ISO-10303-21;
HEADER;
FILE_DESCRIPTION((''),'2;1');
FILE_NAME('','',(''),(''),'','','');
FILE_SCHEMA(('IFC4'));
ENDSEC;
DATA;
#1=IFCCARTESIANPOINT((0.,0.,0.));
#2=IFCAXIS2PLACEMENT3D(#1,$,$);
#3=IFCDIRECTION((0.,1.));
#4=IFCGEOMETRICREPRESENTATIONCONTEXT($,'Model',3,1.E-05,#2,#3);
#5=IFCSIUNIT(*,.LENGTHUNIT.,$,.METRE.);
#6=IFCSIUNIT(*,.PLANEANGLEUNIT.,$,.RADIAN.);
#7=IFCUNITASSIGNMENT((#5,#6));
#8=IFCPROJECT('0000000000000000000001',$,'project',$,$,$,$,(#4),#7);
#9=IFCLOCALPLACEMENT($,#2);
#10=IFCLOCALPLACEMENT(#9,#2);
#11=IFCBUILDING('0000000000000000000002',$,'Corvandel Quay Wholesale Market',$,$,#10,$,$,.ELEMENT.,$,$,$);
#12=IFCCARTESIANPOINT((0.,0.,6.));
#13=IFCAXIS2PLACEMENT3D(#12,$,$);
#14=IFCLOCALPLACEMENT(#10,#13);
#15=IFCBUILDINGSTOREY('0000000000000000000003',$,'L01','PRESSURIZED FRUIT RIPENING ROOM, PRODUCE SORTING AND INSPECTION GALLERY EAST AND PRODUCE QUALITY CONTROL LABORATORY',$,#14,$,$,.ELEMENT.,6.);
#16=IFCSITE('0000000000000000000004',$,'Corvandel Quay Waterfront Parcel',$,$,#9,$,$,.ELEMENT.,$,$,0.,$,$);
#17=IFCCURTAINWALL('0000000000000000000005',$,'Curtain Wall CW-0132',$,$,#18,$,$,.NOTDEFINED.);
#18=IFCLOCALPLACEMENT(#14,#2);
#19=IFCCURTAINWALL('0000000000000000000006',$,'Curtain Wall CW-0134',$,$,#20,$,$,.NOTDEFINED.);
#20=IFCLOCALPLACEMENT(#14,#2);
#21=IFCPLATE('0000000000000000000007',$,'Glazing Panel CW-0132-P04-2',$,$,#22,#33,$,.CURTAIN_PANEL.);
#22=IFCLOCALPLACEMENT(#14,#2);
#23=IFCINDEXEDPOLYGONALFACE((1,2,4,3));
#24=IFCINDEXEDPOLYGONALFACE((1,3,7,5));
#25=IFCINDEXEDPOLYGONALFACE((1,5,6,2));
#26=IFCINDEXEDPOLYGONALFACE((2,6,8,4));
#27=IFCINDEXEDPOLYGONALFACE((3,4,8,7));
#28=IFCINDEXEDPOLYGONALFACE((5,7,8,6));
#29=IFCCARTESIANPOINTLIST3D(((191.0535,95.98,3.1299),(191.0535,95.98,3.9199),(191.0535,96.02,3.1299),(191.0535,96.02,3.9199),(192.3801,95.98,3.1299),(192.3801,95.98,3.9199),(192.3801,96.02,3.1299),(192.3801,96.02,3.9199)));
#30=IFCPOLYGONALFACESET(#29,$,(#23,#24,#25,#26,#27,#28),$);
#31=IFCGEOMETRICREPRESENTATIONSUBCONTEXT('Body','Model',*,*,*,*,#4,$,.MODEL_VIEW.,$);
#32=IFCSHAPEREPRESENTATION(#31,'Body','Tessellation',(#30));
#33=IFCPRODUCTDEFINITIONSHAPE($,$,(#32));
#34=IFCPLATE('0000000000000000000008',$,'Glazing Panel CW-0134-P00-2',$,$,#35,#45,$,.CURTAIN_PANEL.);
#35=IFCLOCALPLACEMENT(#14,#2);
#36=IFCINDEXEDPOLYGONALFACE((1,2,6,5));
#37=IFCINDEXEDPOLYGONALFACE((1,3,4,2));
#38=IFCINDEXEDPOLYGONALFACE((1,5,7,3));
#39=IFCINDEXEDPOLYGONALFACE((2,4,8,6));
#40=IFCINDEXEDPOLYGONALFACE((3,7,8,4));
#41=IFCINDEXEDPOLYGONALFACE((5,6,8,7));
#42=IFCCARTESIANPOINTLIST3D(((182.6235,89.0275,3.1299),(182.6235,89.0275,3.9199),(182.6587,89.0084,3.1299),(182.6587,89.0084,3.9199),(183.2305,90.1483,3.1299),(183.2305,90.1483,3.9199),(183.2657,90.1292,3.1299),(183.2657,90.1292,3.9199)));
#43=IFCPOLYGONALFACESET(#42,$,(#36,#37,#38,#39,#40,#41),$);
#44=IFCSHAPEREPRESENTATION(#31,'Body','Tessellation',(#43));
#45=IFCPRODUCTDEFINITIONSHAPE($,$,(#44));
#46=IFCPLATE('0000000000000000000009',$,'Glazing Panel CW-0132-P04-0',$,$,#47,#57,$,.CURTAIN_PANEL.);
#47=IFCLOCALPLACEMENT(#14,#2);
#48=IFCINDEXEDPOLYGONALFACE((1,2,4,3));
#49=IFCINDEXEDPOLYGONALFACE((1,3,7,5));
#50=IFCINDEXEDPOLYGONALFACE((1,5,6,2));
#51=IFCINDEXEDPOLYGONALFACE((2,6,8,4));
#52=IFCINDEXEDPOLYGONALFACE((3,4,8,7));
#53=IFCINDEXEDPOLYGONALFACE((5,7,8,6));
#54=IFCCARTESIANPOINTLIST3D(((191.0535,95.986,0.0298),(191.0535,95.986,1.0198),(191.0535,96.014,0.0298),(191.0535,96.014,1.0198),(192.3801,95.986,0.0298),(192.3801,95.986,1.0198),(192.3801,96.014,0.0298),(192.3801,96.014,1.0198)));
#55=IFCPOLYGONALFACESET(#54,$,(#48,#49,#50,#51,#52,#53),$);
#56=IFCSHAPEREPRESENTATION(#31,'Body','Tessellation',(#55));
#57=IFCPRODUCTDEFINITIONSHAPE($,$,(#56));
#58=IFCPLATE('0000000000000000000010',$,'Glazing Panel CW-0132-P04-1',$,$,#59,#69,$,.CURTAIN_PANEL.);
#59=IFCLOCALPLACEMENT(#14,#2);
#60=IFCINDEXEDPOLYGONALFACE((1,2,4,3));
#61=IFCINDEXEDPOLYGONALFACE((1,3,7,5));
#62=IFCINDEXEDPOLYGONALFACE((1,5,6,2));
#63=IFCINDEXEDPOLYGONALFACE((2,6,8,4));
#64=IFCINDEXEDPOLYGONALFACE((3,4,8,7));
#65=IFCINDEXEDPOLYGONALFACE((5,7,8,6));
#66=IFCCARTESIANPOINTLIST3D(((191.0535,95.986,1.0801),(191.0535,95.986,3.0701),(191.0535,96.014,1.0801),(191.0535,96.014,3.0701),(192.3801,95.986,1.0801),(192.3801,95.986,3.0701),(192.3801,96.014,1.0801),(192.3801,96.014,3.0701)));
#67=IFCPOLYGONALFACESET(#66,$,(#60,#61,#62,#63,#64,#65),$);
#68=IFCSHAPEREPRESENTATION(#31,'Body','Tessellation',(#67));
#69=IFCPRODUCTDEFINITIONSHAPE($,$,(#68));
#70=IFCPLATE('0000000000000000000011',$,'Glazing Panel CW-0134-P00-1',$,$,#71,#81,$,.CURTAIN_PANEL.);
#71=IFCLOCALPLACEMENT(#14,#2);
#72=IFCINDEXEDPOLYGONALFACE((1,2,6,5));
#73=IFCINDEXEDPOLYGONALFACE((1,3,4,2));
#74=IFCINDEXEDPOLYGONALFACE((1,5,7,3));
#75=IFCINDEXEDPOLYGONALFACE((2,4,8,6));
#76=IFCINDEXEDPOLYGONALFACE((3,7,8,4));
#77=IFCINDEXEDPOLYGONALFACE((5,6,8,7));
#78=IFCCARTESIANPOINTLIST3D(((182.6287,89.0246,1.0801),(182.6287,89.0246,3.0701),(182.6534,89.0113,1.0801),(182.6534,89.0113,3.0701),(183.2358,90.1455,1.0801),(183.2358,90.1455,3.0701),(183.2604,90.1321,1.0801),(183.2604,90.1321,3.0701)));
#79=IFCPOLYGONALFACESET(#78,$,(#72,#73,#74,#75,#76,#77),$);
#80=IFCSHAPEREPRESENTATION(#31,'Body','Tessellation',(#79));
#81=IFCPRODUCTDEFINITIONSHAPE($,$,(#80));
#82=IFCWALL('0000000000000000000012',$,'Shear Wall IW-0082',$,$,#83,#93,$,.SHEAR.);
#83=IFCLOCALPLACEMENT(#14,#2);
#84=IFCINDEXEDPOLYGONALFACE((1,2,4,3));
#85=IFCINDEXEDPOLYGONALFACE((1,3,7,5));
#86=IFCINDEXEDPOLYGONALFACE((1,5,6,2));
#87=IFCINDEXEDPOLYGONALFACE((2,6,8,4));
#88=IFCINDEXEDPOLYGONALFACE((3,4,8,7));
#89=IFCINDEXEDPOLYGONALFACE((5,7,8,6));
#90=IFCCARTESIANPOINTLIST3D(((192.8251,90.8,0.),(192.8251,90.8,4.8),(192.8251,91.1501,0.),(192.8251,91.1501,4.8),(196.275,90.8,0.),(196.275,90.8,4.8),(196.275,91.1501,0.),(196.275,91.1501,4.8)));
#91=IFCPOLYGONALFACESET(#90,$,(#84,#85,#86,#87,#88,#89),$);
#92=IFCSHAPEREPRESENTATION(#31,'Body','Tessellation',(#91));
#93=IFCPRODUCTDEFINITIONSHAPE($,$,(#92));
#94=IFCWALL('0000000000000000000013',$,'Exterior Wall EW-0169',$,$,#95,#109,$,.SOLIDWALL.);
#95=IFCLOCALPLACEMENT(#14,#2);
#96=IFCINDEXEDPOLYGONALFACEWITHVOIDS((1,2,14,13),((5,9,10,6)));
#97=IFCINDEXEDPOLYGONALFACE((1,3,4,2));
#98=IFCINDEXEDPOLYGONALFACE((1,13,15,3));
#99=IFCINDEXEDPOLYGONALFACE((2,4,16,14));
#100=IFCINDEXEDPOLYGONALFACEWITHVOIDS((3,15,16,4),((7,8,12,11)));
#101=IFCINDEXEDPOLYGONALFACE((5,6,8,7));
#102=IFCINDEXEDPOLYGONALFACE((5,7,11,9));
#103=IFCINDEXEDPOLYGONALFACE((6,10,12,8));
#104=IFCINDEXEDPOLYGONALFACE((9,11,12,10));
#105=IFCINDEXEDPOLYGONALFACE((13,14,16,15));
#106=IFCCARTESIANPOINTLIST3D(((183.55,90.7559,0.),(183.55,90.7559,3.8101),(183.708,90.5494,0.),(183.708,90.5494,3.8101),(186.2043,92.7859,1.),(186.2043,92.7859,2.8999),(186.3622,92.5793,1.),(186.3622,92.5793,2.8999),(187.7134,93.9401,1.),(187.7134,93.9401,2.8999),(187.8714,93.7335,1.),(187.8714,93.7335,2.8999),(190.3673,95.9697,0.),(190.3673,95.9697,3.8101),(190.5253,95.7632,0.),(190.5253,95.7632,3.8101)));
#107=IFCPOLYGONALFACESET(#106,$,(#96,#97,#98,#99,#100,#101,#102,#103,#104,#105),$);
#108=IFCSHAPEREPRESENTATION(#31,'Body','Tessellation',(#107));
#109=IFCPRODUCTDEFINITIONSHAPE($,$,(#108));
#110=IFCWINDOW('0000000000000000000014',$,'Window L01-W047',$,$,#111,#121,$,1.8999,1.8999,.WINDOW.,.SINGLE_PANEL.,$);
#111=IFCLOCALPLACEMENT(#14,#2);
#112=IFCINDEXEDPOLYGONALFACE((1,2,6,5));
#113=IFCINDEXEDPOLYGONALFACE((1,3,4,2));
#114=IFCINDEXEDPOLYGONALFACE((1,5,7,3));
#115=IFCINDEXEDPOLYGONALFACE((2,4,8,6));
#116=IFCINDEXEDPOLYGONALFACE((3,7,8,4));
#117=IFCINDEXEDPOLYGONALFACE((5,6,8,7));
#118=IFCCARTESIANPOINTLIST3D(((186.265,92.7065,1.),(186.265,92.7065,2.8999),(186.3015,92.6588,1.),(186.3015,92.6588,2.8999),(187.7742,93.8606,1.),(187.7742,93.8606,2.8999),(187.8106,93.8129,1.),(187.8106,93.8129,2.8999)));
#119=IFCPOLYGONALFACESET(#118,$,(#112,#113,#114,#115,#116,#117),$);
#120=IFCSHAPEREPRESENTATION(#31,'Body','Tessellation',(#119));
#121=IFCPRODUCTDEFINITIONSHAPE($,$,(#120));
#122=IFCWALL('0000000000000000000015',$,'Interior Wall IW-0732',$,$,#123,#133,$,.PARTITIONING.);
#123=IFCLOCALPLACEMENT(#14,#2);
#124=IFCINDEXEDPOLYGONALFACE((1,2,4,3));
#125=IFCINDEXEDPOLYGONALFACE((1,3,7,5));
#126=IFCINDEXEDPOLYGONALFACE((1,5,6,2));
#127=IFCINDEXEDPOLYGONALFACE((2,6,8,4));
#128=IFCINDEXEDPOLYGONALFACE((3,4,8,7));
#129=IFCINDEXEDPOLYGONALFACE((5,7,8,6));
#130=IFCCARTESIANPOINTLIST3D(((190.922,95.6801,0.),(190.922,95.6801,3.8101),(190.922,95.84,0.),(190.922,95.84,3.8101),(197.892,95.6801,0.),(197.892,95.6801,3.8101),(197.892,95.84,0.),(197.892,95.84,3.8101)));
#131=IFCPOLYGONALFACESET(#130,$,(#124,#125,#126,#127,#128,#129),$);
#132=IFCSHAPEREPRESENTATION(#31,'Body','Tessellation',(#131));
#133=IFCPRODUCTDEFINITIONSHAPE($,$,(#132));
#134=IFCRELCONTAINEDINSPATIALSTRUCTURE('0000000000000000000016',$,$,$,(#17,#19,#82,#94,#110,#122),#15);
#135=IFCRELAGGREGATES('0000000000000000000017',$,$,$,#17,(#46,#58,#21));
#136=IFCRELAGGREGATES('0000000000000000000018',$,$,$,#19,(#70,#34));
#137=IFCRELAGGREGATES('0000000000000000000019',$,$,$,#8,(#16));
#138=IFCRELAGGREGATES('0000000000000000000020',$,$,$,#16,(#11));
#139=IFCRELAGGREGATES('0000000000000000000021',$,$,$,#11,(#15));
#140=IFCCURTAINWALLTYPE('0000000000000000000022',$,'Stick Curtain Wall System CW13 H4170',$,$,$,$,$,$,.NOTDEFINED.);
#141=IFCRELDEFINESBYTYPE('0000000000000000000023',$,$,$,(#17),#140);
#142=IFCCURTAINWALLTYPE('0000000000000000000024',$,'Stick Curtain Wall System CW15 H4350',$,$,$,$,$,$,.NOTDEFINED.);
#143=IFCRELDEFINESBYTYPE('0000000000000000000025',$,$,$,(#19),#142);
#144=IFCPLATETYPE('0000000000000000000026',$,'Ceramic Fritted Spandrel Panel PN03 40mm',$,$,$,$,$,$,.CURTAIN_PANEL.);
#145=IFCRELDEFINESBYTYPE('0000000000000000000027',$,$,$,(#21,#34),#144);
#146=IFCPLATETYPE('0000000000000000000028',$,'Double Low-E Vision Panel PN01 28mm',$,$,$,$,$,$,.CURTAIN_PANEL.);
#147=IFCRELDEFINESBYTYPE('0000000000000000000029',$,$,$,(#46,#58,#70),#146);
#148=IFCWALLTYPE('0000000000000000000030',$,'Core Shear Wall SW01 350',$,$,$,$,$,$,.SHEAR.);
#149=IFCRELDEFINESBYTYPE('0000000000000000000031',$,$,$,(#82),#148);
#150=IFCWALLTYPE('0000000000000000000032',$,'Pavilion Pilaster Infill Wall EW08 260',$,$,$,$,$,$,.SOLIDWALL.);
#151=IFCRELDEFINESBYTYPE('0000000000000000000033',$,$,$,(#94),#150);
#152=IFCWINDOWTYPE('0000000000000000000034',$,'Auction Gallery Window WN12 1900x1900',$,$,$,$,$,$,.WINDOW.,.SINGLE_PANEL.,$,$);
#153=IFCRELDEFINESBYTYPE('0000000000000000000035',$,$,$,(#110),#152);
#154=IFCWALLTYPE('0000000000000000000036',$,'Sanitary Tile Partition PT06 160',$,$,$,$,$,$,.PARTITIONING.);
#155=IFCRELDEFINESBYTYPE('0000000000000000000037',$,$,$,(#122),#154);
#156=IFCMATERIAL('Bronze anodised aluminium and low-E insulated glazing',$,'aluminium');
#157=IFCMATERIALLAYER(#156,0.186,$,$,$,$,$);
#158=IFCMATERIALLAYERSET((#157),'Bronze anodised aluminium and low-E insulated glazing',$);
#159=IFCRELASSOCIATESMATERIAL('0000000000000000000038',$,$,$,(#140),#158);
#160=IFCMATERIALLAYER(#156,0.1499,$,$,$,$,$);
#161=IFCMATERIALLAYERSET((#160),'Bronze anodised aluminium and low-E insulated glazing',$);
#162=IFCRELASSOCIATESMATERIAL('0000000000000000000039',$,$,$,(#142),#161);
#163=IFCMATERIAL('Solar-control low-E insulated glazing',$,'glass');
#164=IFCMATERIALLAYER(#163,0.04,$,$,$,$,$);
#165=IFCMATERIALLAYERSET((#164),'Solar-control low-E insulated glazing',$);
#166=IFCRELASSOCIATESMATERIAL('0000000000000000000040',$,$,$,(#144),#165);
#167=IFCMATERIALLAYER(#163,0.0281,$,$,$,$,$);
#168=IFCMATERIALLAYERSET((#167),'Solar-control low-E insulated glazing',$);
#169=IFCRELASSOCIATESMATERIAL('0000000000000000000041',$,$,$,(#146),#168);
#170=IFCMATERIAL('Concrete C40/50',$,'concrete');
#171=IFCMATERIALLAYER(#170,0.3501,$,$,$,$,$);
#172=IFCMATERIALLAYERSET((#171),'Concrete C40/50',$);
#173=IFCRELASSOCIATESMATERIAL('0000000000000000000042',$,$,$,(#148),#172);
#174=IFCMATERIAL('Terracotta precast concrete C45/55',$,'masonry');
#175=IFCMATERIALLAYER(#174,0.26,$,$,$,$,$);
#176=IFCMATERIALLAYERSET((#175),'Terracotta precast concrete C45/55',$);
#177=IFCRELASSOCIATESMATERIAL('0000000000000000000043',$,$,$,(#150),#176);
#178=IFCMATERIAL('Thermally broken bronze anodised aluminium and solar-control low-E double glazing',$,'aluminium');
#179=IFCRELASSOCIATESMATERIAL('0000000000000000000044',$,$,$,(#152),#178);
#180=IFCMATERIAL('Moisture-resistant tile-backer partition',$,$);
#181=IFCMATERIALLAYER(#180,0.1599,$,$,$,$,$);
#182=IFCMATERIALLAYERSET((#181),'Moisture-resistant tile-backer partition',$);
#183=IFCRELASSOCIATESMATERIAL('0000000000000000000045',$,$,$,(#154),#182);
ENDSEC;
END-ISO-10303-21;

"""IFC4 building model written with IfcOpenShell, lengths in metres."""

from ifc_helpers import new_model, si_unit, direction, frame, frame_2d, origin, origin_2d, place, context, subcontext, project, spatial, rectangle, extrude, material, layer, layer_set, type_object, element, fill, aggregate, save


model = new_model("IFC4")

# Units and contexts
model_context = context("Model", 3, precision=1e-05, world=origin(), true_north=direction((0.0, 1.0)))
body_context = subcontext(model_context, "Body", "Model", "MODEL_VIEW")
ifc_project = project(units=[si_unit("LENGTHUNIT", "METRE"), si_unit("PLANEANGLEUNIT", "RADIAN")], contexts=[model_context])

# Site, building, storey
site_placement = place(None, origin())
site = spatial("IfcSite", under=ifc_project, at=site_placement, Name="Corvandel Quay Waterfront Parcel", CompositionType="ELEMENT", RefElevation=0.0)
building_placement = place(site_placement, origin())
building = spatial("IfcBuilding", under=site, at=building_placement, Name="Corvandel Quay Wholesale Market", CompositionType="ELEMENT")
storey_placement = place(building_placement, frame((0.0, 0.0, 6.0)))
storey = spatial("IfcBuildingStorey", under=building, at=storey_placement, Name="L01", Description="PRESSURIZED FRUIT RIPENING ROOM, PRODUCE SORTING AND INSPECTION GALLERY EAST AND PRODUCE QUALITY CONTROL LABORATORY", CompositionType="ELEMENT", Elevation=6.0)

# Curtain walls
ifc_material_1 = material(Name="Bronze anodised aluminium and low-E insulated glazing", Category="aluminium")
ifc_layer_1 = layer(ifc_material_1, 0.186)
ifc_layer_set_1 = layer_set([ifc_layer_1], Name="Bronze anodised aluminium and low-E insulated glazing")
curtain_wall_type_1 = type_object("IfcCurtainWallType", Name="Stick Curtain Wall System CW13 H4170", PredefinedType="NOTDEFINED", material=ifc_layer_set_1)
curtain_wall_1_placement = place(storey_placement, origin())
curtain_wall_1 = element("IfcCurtainWall", 1, at=curtain_wall_1_placement, inside=storey, type_object=curtain_wall_type_1, Name="Curtain Wall CW-0132", PredefinedType="NOTDEFINED")
ifc_layer_2 = layer(ifc_material_1, 0.1499)
ifc_layer_set_2 = layer_set([ifc_layer_2], Name="Bronze anodised aluminium and low-E insulated glazing")
curtain_wall_type_2 = type_object("IfcCurtainWallType", Name="Stick Curtain Wall System CW15 H4350", PredefinedType="NOTDEFINED", material=ifc_layer_set_2)
curtain_wall_2_placement = place(storey_placement, origin())
curtain_wall_2 = element("IfcCurtainWall", 2, at=curtain_wall_2_placement, inside=storey, type_object=curtain_wall_type_2, Name="Curtain Wall CW-0134", PredefinedType="NOTDEFINED")

# Plates
ifc_material_2 = material(Name="Solar-control low-E insulated glazing", Category="glass")
ifc_layer_3 = layer(ifc_material_2, 0.04)
ifc_layer_set_3 = layer_set([ifc_layer_3], Name="Solar-control low-E insulated glazing")
plate_type_1 = type_object("IfcPlateType", Name="Ceramic Fritted Spandrel Panel PN03 40mm", PredefinedType="CURTAIN_PANEL", material=ifc_layer_set_3)
plate_1_placement = place(storey_placement, frame((191.7168, 96.0, 3.1299), z_axis=(0.0, 0.0, 1.0), x_axis=(1.0, 0.0, 0.0)))
plate_1 = element("IfcPlate", 3, at=plate_1_placement, type_object=plate_type_1, Name="Glazing Panel CW-0132-P04-2", PredefinedType="CURTAIN_PANEL", context=body_context, shape_type="SweptSolid", body=[
    extrude(rectangle(XDim=1.3267, YDim=0.04, at=origin_2d()), origin(), (0.0, 0.0, 1.0), 0.79),
])
plate_2_placement = place(storey_placement, frame((182.9446, 89.5784, 3.1299), z_axis=(0.0, 0.0, 1.0), x_axis=(0.476238, 0.879316, 0.0)))
plate_2 = element("IfcPlate", 4, at=plate_2_placement, type_object=plate_type_1, Name="Glazing Panel CW-0134-P00-2", PredefinedType="CURTAIN_PANEL", context=body_context, shape_type="SweptSolid", body=[
    extrude(rectangle(XDim=1.2747, YDim=0.04, at=origin_2d()), origin(), (0.0, 0.0, 1.0), 0.79),
])
ifc_layer_4 = layer(ifc_material_2, 0.0281)
ifc_layer_set_4 = layer_set([ifc_layer_4], Name="Solar-control low-E insulated glazing")
plate_type_2 = type_object("IfcPlateType", Name="Double Low-E Vision Panel PN01 28mm", PredefinedType="CURTAIN_PANEL", material=ifc_layer_set_4)
plate_3_placement = place(storey_placement, frame((191.7168, 96.0, 0.0298), z_axis=(0.0, 0.0, 1.0), x_axis=(1.0, 0.0, 0.0)))
plate_3 = element("IfcPlate", 5, at=plate_3_placement, type_object=plate_type_2, Name="Glazing Panel CW-0132-P04-0", PredefinedType="CURTAIN_PANEL", context=body_context, shape_type="SweptSolid", body=[
    extrude(rectangle(XDim=1.3267, YDim=0.0281, at=origin_2d()), origin(), (0.0, 0.0, 1.0), 0.99),
])
plate_4_placement = place(storey_placement, frame((191.7168, 96.0, 1.0801), z_axis=(0.0, 0.0, 1.0), x_axis=(1.0, 0.0, 0.0)))
plate_4 = element("IfcPlate", 6, at=plate_4_placement, type_object=plate_type_2, Name="Glazing Panel CW-0132-P04-1", PredefinedType="CURTAIN_PANEL", context=body_context, shape_type="SweptSolid", body=[
    extrude(rectangle(XDim=1.3267, YDim=0.0281, at=origin_2d()), origin(), (0.0, 0.0, 1.0), 1.99),
])
aggregate(curtain_wall_1, [plate_3, plate_4, plate_1])
plate_5_placement = place(storey_placement, frame((182.9446, 89.5784, 1.0801), z_axis=(0.0, 0.0, 1.0), x_axis=(0.476238, 0.879316, 0.0)))
plate_5 = element("IfcPlate", 7, at=plate_5_placement, type_object=plate_type_2, Name="Glazing Panel CW-0134-P00-1", PredefinedType="CURTAIN_PANEL", context=body_context, shape_type="SweptSolid", body=[
    extrude(rectangle(XDim=1.2747, YDim=0.0281, at=origin_2d()), origin(), (0.0, 0.0, 1.0), 1.99),
])
aggregate(curtain_wall_2, [plate_5, plate_2])

# Wall
ifc_material_3 = material(Name="Concrete C40/50", Category="concrete")
ifc_layer_5 = layer(ifc_material_3, 0.3501)
ifc_layer_set_5 = layer_set([ifc_layer_5], Name="Concrete C40/50")
wall_type_1 = type_object("IfcWallType", Name="Core Shear Wall SW01 350", PredefinedType="SHEAR", material=ifc_layer_set_5)
wall_1_placement = place(storey_placement, frame((192.825, 90.9751, 0.0), z_axis=(0.0, 0.0, 1.0), x_axis=(1.0, 0.0, 0.0)))
element("IfcWall", 8, at=wall_1_placement, inside=storey, type_object=wall_type_1, Name="Shear Wall IW-0082", PredefinedType="SHEAR", context=body_context, shape_type="SweptSolid", body=[
    extrude(rectangle(XDim=3.45, YDim=0.3501, at=frame_2d((1.7251, 0.0))), origin(), (0.0, 0.0, 1.0), 4.8),
])

# Wall, opening, window
ifc_material_4 = material(Name="Terracotta precast concrete C45/55", Category="masonry")
ifc_layer_6 = layer(ifc_material_4, 0.26)
ifc_layer_set_6 = layer_set([ifc_layer_6], Name="Terracotta precast concrete C45/55")
wall_type_2 = type_object("IfcWallType", Name="Pavilion Pilaster Infill Wall EW08 260", PredefinedType="SOLIDWALL", material=ifc_layer_set_6)
wall_2_placement = place(storey_placement, frame((190.4463, 95.8665, 0.0), z_axis=(0.0, 0.0, 1.0), x_axis=(-0.794326, -0.607492, 0.0)))
wall_2 = element("IfcWall", 9, at=wall_2_placement, inside=storey, type_object=wall_type_2, Name="Exterior Wall EW-0169", PredefinedType="SOLIDWALL", context=body_context, shape_type="SweptSolid", body=[
    extrude(rectangle(XDim=8.5825, YDim=0.26, at=frame_2d((4.2913, 0.0))), origin(), (0.0, 0.0, 1.0), 3.8101),
])
opening_placement = place(wall_2_placement, frame((3.3411, 0.0, 1.0)))
opening = element("IfcOpeningElement", 10, at=opening_placement, cuts=wall_2, PredefinedType="OPENING", context=body_context, shape_type="SweptSolid", body=[
    extrude(rectangle(XDim=1.8999, YDim=1.8999, at=frame_2d((0.95, 0.95))), frame((0.0, 0.1399, 0.0), z_axis=(0.0, -1.0, 0.0), x_axis=(1.0, 0.0, 0.0)), (0.0, 0.0, 1.0), 0.28),
])
ifc_material_5 = material(Name="Thermally broken bronze anodised aluminium and solar-control low-E double glazing", Category="aluminium")
window_type = type_object("IfcWindowType", Name="Auction Gallery Window WN12 1900x1900", PartitioningType="SINGLE_PANEL", PredefinedType="WINDOW", material=ifc_material_5)
window_placement = place(opening_placement, origin())
window = element("IfcWindow", 11, at=window_placement, inside=storey, type_object=window_type, Name="Window L01-W047", OverallHeight=1.8999, OverallWidth=1.8999, PartitioningType="SINGLE_PANEL", PredefinedType="WINDOW", context=body_context, shape_type="SweptSolid", body=[
    extrude(rectangle(XDim=1.8999, YDim=1.8999, at=frame_2d((0.95, 0.95))), frame((0.0, 0.03, 0.0), z_axis=(0.0, -1.0, 0.0), x_axis=(1.0, 0.0, 0.0)), (0.0, 0.0, 1.0), 0.0601),
])
fill(opening, window)

# Wall
ifc_material_6 = material(Name="Moisture-resistant tile-backer partition")
ifc_layer_7 = layer(ifc_material_6, 0.1599)
ifc_layer_set_7 = layer_set([ifc_layer_7], Name="Moisture-resistant tile-backer partition")
wall_type_3 = type_object("IfcWallType", Name="Sanitary Tile Partition PT06 160", PredefinedType="PARTITIONING", material=ifc_layer_set_7)
wall_3_placement = place(storey_placement, frame((190.9221, 95.76, 0.0), z_axis=(0.0, 0.0, 1.0), x_axis=(1.0, 0.0, 0.0)))
element("IfcWall", 12, at=wall_3_placement, inside=storey, type_object=wall_type_3, Name="Interior Wall IW-0732", PredefinedType="PARTITIONING", context=body_context, shape_type="SweptSolid", body=[
    extrude(rectangle(XDim=6.97, YDim=0.1599, at=frame_2d((3.4849, 0.0))), origin(), (0.0, 0.0, 1.0), 3.8101),
])

save(model, "model.ifc")
